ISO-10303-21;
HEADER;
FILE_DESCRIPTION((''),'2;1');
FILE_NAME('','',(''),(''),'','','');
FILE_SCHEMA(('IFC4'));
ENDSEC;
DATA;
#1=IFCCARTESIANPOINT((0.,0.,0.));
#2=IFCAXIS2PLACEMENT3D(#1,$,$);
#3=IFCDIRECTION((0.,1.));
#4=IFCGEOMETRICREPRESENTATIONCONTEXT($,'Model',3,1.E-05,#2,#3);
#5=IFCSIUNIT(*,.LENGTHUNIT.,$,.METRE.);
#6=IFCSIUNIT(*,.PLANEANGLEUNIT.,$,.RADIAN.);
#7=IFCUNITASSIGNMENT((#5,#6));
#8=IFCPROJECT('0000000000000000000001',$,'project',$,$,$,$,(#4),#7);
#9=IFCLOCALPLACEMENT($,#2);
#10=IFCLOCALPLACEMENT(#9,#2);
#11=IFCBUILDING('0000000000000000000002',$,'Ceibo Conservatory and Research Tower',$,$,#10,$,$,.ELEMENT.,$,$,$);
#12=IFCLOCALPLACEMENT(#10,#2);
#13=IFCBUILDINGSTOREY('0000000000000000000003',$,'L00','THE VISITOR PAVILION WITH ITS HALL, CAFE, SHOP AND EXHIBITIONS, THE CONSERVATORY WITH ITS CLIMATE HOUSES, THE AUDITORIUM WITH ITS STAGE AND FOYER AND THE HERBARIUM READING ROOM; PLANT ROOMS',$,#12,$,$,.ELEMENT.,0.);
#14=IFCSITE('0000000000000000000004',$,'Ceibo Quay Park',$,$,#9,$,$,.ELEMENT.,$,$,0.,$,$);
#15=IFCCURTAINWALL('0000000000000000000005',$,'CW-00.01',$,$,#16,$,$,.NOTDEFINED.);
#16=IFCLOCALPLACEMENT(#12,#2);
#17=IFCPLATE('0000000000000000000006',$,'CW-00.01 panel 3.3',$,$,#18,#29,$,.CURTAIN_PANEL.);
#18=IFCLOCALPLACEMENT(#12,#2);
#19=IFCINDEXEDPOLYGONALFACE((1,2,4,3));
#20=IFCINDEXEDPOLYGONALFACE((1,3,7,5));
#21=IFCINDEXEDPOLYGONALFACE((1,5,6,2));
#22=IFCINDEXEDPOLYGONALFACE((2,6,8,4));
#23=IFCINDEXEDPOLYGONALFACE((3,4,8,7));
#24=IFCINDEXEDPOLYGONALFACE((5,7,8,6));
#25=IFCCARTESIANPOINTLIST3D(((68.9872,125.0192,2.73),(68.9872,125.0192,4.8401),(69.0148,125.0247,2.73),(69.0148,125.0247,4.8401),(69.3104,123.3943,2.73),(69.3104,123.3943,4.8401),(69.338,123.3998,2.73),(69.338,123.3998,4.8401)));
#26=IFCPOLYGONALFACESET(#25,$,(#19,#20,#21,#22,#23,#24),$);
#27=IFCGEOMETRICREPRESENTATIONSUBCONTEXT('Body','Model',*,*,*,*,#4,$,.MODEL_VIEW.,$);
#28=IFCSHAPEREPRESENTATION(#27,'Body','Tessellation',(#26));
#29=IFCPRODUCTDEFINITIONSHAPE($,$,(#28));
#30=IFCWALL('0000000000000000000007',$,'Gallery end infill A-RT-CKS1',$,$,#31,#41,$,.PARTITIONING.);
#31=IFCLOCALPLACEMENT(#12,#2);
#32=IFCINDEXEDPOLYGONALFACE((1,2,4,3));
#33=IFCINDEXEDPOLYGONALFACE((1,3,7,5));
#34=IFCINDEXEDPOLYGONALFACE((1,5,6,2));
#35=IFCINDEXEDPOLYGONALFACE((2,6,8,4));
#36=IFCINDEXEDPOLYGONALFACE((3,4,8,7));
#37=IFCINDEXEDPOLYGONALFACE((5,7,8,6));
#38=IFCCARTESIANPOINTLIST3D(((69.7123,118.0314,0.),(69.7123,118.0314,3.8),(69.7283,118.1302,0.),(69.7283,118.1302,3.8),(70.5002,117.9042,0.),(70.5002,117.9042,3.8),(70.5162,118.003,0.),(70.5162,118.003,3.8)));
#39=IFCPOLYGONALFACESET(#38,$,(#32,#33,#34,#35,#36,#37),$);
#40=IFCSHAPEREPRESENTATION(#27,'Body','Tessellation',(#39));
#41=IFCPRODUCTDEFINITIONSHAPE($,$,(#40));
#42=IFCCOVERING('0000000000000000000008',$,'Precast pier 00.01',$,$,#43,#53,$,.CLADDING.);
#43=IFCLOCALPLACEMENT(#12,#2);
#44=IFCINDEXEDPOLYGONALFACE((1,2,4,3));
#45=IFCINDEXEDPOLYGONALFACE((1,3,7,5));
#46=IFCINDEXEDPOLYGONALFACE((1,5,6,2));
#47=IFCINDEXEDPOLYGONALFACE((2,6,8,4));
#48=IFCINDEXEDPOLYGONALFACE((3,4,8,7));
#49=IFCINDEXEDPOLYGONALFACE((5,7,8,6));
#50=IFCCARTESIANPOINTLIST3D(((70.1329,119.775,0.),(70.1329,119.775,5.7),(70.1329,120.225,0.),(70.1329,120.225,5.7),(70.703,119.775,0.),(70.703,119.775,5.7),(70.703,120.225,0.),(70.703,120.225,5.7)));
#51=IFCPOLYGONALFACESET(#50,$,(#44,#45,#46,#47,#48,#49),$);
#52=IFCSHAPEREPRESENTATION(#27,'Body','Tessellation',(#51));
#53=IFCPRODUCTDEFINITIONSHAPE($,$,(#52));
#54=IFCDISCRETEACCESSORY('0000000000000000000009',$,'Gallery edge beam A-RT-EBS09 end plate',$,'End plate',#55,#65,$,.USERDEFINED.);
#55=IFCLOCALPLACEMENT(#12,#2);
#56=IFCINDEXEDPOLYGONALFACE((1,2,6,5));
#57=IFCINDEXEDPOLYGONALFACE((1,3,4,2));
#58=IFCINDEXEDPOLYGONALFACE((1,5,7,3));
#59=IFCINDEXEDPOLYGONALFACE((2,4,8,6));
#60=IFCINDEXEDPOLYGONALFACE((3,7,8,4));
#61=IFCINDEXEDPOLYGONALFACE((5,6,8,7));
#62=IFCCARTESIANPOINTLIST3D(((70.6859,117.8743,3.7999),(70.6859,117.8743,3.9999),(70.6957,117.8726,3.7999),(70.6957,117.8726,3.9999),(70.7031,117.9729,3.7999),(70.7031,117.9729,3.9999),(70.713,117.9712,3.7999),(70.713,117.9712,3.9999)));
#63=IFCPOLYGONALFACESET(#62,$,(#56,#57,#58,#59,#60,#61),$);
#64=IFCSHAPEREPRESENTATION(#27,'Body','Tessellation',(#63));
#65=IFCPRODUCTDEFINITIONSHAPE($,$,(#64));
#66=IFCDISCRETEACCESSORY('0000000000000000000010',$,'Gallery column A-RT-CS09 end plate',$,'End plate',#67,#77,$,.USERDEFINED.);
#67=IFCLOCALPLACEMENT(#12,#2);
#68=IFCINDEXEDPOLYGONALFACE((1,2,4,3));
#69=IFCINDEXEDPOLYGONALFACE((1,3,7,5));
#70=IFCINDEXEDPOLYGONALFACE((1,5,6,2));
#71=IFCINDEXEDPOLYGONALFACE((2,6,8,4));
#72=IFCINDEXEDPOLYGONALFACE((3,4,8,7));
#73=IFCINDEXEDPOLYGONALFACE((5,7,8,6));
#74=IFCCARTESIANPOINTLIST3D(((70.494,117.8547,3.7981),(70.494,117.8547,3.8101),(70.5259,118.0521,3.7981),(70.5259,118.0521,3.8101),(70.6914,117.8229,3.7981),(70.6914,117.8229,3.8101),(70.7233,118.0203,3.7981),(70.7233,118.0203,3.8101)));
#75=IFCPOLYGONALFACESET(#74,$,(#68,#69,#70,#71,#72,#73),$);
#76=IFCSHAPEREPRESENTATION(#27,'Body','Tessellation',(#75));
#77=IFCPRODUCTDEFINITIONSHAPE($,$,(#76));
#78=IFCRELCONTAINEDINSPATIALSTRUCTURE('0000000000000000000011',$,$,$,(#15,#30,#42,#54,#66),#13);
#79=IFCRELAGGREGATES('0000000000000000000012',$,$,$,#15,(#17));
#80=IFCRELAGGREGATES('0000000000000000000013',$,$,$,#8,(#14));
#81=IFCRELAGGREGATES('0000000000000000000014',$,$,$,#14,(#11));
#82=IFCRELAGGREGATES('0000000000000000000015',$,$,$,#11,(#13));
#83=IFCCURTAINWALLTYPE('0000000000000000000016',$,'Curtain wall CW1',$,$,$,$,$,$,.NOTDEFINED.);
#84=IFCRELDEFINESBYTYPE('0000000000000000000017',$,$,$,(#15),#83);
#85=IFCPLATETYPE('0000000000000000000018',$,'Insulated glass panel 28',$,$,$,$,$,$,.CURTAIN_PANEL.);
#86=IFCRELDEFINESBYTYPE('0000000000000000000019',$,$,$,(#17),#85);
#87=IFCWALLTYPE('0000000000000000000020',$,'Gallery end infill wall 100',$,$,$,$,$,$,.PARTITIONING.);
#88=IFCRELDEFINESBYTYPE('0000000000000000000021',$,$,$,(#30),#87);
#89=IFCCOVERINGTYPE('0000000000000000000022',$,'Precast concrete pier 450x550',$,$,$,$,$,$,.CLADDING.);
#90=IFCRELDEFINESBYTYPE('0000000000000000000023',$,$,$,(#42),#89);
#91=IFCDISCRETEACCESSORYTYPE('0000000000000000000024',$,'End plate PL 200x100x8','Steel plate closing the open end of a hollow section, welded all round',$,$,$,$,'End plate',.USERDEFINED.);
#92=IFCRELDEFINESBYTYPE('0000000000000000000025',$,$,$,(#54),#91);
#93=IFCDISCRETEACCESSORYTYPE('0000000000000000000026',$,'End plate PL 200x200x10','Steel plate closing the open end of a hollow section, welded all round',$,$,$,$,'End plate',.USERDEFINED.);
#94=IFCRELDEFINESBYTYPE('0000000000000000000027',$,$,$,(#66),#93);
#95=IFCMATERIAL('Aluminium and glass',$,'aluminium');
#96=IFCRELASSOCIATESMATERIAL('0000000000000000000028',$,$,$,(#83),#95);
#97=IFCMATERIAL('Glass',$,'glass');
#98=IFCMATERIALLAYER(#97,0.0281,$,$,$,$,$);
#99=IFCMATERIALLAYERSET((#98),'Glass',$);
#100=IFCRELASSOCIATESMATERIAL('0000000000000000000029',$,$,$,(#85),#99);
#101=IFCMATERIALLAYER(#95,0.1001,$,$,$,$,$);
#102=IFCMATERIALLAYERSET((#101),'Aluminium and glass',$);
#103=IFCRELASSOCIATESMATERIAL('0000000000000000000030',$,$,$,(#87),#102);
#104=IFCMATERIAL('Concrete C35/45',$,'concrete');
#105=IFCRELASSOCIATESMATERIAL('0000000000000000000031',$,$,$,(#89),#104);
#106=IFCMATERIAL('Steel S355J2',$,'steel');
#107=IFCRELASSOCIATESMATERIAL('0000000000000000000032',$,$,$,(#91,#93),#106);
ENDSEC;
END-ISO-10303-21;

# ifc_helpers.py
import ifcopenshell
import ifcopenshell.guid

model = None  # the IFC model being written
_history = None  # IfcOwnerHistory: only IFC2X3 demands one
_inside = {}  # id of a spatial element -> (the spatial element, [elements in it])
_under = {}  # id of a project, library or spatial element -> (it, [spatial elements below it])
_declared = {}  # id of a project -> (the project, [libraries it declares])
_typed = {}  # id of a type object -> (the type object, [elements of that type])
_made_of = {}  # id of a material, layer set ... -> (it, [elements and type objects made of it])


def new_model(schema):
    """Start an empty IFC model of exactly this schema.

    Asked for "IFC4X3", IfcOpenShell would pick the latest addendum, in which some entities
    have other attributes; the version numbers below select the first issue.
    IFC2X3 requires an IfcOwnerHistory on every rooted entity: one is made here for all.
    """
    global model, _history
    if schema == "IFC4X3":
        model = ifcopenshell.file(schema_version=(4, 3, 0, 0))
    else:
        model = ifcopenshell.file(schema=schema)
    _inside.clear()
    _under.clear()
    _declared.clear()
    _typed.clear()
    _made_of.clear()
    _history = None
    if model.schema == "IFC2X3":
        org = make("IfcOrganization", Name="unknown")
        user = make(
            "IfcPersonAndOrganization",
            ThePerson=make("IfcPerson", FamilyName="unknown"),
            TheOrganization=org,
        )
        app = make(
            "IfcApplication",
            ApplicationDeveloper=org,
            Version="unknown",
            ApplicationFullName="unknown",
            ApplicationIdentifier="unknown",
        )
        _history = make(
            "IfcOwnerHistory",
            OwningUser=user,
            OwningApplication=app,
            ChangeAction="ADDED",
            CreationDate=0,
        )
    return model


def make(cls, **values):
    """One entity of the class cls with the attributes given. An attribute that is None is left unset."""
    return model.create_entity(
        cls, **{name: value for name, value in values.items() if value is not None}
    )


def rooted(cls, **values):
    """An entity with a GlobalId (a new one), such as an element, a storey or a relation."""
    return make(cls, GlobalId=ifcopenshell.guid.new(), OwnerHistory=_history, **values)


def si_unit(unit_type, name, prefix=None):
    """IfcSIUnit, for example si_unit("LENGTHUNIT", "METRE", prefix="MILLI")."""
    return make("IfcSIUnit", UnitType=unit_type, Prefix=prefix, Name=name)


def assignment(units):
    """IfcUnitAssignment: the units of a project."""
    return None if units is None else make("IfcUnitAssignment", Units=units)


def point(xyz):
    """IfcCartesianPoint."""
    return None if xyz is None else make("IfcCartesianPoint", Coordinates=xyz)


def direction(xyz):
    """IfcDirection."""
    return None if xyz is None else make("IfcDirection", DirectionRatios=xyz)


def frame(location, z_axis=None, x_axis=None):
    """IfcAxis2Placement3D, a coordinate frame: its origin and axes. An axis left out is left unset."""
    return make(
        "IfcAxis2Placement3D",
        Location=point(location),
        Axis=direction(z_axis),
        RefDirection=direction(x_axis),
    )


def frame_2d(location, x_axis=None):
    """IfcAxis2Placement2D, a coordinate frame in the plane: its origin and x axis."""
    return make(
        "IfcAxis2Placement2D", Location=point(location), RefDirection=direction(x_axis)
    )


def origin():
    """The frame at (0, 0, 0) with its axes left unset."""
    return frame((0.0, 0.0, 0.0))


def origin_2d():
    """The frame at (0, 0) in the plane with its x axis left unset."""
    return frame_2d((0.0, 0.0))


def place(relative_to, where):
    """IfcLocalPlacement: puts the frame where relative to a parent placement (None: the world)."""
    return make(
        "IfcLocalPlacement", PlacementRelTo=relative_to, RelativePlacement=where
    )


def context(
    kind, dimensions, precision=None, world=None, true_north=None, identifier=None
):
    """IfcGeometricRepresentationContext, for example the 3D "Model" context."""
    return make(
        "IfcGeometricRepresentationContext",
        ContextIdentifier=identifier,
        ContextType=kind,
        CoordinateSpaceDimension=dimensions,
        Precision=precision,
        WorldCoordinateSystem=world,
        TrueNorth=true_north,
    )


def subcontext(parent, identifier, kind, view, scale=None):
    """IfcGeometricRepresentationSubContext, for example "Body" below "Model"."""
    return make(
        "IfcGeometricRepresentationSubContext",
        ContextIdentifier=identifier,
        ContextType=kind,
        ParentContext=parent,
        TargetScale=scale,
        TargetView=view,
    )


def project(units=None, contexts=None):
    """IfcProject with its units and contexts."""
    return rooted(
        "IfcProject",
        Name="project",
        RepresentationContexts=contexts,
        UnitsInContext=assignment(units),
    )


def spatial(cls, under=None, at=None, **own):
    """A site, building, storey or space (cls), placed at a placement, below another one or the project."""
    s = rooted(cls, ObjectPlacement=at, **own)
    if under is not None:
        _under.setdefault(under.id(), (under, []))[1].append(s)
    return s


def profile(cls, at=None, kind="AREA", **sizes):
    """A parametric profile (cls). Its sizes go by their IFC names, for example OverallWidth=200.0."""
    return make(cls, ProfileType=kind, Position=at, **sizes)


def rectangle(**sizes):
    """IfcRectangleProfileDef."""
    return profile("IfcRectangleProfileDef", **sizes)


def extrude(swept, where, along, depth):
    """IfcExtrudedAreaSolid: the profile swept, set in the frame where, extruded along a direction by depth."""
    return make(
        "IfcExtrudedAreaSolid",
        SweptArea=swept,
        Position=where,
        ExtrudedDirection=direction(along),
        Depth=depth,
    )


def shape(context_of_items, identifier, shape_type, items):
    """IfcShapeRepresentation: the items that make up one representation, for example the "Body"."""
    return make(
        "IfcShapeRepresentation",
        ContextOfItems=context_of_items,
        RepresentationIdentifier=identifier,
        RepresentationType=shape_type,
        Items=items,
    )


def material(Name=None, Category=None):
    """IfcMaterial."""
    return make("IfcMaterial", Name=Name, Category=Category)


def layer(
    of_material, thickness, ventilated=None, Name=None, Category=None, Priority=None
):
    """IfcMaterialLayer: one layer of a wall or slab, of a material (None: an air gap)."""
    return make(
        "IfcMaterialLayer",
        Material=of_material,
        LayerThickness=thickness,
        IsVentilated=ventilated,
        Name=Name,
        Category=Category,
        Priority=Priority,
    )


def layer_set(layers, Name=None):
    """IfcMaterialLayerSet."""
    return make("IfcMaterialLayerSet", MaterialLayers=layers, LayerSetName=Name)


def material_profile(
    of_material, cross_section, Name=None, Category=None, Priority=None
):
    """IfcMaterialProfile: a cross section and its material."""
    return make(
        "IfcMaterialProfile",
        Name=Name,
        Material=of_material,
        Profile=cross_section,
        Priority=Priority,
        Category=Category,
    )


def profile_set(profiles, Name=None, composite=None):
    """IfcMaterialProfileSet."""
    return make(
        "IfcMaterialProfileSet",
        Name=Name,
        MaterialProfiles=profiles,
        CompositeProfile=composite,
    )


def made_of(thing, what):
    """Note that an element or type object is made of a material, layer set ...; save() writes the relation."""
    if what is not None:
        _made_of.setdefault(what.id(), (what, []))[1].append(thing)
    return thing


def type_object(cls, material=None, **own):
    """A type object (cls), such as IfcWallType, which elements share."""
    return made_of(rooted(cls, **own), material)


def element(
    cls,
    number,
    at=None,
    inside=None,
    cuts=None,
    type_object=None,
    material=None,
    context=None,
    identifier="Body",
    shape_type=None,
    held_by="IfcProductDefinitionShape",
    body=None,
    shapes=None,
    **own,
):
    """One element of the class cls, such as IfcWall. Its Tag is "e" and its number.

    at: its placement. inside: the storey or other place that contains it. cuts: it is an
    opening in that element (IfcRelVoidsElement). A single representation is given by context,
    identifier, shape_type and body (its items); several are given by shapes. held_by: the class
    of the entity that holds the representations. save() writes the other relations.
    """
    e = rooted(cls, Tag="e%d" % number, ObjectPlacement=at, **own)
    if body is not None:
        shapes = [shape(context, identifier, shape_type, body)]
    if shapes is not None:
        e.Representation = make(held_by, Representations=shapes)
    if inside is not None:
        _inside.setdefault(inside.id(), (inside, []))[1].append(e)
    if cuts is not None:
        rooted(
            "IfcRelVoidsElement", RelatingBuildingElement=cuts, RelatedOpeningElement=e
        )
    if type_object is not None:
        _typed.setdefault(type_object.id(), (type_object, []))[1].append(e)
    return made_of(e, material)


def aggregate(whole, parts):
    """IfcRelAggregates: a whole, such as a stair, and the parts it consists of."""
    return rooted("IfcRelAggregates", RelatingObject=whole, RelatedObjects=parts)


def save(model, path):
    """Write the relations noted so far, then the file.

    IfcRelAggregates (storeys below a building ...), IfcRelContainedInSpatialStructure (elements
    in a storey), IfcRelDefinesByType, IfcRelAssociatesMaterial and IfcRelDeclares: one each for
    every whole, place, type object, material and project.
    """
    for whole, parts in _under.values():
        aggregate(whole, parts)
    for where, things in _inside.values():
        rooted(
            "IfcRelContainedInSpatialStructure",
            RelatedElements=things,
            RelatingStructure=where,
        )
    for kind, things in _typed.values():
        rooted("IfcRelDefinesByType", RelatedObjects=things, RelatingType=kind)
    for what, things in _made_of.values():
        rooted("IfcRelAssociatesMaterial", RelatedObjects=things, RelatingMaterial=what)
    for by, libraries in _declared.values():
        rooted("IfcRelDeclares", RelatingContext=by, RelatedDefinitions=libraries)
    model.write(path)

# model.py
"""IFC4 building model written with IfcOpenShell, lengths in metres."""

from ifc_helpers import new_model, si_unit, direction, frame, frame_2d, origin, origin_2d, place, context, subcontext, project, spatial, rectangle, extrude, material, layer, layer_set, material_profile, profile_set, type_object, element, aggregate, save


model = new_model("IFC4")

# Units and contexts
model_context = context("Model", 3, precision=1e-05, world=origin(), true_north=direction((0.0, 1.0)))
body_context = subcontext(model_context, "Body", "Model", "MODEL_VIEW")
ifc_project = project(units=[si_unit("LENGTHUNIT", "METRE"), si_unit("PLANEANGLEUNIT", "RADIAN")], contexts=[model_context])

# Site, building, storey
site_placement = place(None, origin())
site = spatial("IfcSite", under=ifc_project, at=site_placement, Name="Ceibo Quay Park", CompositionType="ELEMENT", RefElevation=0.0)
building_placement = place(site_placement, origin())
building = spatial("IfcBuilding", under=site, at=building_placement, Name="Ceibo Conservatory and Research Tower", CompositionType="ELEMENT")
storey_placement = place(building_placement, origin())
storey = spatial("IfcBuildingStorey", under=building, at=storey_placement, Name="L00", Description="THE VISITOR PAVILION WITH ITS HALL, CAFE, SHOP AND EXHIBITIONS, THE CONSERVATORY WITH ITS CLIMATE HOUSES, THE AUDITORIUM WITH ITS STAGE AND FOYER AND THE HERBARIUM READING ROOM; PLANT ROOMS", CompositionType="ELEMENT", Elevation=0.0)

# Curtain wall
ifc_material_1 = material(Name="Aluminium and glass", Category="aluminium")
curtain_wall_type_1 = type_object("IfcCurtainWallType", Name="Curtain wall CW1", PredefinedType="NOTDEFINED", material=ifc_material_1)
curtain_wall_1_placement = place(storey_placement, origin())
curtain_wall_1 = element("IfcCurtainWall", 1, at=curtain_wall_1_placement, inside=storey, type_object=curtain_wall_type_1, Name="CW-00.01", PredefinedType="NOTDEFINED")

# Shared definitions
ifc_material_2 = material(Name="Concrete C35/45", Category="concrete")

# Plate
ifc_material_3 = material(Name="Glass", Category="glass")
ifc_layer_1 = layer(ifc_material_3, 0.0281)
ifc_layer_set_1 = layer_set([ifc_layer_1], Name="Glass")
plate_type = type_object("IfcPlateType", Name="Insulated glass panel 28", PredefinedType="CURTAIN_PANEL", material=ifc_layer_set_1)
plate_1_placement = place(storey_placement, frame((69.1626, 124.2095, 2.73), z_axis=(0.0, 0.0, 1.0), x_axis=(-0.19509, 0.980785, 0.0)))
plate_1 = element("IfcPlate", 2, at=plate_1_placement, type_object=plate_type, Name="CW-00.01 panel 3.3", PredefinedType="CURTAIN_PANEL", context=body_context, shape_type="SweptSolid", body=[
    extrude(rectangle(XDim=1.6567, YDim=0.0281, at=origin_2d()), origin(), (0.0, 0.0, 1.0), 2.1101),
])
aggregate(curtain_wall_1, [plate_1])

# Wall
ifc_layer_2 = layer(ifc_material_1, 0.1001)
ifc_layer_set_2 = layer_set([ifc_layer_2], Name="Aluminium and glass")
wall_type = type_object("IfcWallType", Name="Gallery end infill wall 100", PredefinedType="PARTITIONING", material=ifc_layer_set_2)
wall_placement = place(storey_placement, frame((70.5081, 117.9536, 0.0), z_axis=(0.0, 0.0, 1.0), x_axis=(-0.987216, 0.159386, 0.0)))
element("IfcWall", 3, at=wall_placement, inside=storey, type_object=wall_type, Name="Gallery end infill A-RT-CKS1", PredefinedType="PARTITIONING", context=body_context, shape_type="SweptSolid", body=[
    extrude(rectangle(XDim=0.7981, YDim=0.1001, at=frame_2d((0.3989, 0.0))), origin(), (0.0, 0.0, 1.0), 3.8),
])

# Covering
covering_type = type_object("IfcCoveringType", Name="Precast concrete pier 450x550", PredefinedType="CLADDING", material=ifc_material_2)
covering_placement = place(storey_placement, frame((70.418, 120.0, 0.0), z_axis=(0.0, 0.0, 1.0), x_axis=(1.0, 0.0, 0.0)))
element("IfcCovering", 4, at=covering_placement, inside=storey, type_object=covering_type, Name="Precast pier 00.01", PredefinedType="CLADDING", context=body_context, shape_type="SweptSolid", body=[
    extrude(rectangle(XDim=0.5701, YDim=0.45, at=origin_2d()), origin(), (0.0, 0.0, 1.0), 5.7),
])

# Discrete accessories
ifc_material_4 = material(Name="Steel S355J2", Category="steel")
ifc_material_profile_1 = material_profile(ifc_material_4, rectangle(XDim=0.1001, YDim=0.2, at=origin_2d()), Name="End plate PL 200x100x8")
ifc_profile_set_1 = profile_set([ifc_material_profile_1], Name="Steel S355J2")
discrete_accessory_type_1 = type_object("IfcDiscreteAccessoryType", Name="End plate PL 200x100x8", Description="Steel plate closing the open end of a hollow section, welded all round", ElementType="End plate", PredefinedType="USERDEFINED", material=ifc_profile_set_1)
discrete_accessory_1_placement = place(storey_placement, frame((70.7043, 117.9219, 3.8999), z_axis=(-0.98503, 0.17238, 0.0), x_axis=(-0.17238, -0.98503, 0.0)))
element("IfcDiscreteAccessory", 5, at=discrete_accessory_1_placement, inside=storey, type_object=discrete_accessory_type_1, Name="Gallery edge beam A-RT-EBS09 end plate", ObjectType="End plate", PredefinedType="USERDEFINED", context=body_context, shape_type="SweptSolid", body=[
    extrude(rectangle(XDim=0.1001, YDim=0.2, at=origin_2d()), origin(), (0.0, 0.0, 1.0), 0.01),
])
ifc_material_profile_2 = material_profile(ifc_material_4, rectangle(XDim=0.2, YDim=0.2, at=origin_2d()), Name="End plate PL 200x200x10")
ifc_profile_set_2 = profile_set([ifc_material_profile_2], Name="Steel S355J2")
discrete_accessory_type_2 = type_object("IfcDiscreteAccessoryType", Name="End plate PL 200x200x10", Description="Steel plate closing the open end of a hollow section, welded all round", ElementType="End plate", PredefinedType="USERDEFINED", material=ifc_profile_set_2)
discrete_accessory_2_placement = place(storey_placement, frame((70.6086, 117.9375, 3.7981), z_axis=(0.0, 0.0, 1.0), x_axis=(-0.987216, 0.159391, 0.0)))
element("IfcDiscreteAccessory", 6, at=discrete_accessory_2_placement, inside=storey, type_object=discrete_accessory_type_2, Name="Gallery column A-RT-CS09 end plate", ObjectType="End plate", PredefinedType="USERDEFINED", context=body_context, shape_type="SweptSolid", body=[
    extrude(rectangle(XDim=0.2, YDim=0.2, at=origin_2d()), origin(), (0.0, 0.0, 1.0), 0.012),
])

save(model, "model.ifc")
